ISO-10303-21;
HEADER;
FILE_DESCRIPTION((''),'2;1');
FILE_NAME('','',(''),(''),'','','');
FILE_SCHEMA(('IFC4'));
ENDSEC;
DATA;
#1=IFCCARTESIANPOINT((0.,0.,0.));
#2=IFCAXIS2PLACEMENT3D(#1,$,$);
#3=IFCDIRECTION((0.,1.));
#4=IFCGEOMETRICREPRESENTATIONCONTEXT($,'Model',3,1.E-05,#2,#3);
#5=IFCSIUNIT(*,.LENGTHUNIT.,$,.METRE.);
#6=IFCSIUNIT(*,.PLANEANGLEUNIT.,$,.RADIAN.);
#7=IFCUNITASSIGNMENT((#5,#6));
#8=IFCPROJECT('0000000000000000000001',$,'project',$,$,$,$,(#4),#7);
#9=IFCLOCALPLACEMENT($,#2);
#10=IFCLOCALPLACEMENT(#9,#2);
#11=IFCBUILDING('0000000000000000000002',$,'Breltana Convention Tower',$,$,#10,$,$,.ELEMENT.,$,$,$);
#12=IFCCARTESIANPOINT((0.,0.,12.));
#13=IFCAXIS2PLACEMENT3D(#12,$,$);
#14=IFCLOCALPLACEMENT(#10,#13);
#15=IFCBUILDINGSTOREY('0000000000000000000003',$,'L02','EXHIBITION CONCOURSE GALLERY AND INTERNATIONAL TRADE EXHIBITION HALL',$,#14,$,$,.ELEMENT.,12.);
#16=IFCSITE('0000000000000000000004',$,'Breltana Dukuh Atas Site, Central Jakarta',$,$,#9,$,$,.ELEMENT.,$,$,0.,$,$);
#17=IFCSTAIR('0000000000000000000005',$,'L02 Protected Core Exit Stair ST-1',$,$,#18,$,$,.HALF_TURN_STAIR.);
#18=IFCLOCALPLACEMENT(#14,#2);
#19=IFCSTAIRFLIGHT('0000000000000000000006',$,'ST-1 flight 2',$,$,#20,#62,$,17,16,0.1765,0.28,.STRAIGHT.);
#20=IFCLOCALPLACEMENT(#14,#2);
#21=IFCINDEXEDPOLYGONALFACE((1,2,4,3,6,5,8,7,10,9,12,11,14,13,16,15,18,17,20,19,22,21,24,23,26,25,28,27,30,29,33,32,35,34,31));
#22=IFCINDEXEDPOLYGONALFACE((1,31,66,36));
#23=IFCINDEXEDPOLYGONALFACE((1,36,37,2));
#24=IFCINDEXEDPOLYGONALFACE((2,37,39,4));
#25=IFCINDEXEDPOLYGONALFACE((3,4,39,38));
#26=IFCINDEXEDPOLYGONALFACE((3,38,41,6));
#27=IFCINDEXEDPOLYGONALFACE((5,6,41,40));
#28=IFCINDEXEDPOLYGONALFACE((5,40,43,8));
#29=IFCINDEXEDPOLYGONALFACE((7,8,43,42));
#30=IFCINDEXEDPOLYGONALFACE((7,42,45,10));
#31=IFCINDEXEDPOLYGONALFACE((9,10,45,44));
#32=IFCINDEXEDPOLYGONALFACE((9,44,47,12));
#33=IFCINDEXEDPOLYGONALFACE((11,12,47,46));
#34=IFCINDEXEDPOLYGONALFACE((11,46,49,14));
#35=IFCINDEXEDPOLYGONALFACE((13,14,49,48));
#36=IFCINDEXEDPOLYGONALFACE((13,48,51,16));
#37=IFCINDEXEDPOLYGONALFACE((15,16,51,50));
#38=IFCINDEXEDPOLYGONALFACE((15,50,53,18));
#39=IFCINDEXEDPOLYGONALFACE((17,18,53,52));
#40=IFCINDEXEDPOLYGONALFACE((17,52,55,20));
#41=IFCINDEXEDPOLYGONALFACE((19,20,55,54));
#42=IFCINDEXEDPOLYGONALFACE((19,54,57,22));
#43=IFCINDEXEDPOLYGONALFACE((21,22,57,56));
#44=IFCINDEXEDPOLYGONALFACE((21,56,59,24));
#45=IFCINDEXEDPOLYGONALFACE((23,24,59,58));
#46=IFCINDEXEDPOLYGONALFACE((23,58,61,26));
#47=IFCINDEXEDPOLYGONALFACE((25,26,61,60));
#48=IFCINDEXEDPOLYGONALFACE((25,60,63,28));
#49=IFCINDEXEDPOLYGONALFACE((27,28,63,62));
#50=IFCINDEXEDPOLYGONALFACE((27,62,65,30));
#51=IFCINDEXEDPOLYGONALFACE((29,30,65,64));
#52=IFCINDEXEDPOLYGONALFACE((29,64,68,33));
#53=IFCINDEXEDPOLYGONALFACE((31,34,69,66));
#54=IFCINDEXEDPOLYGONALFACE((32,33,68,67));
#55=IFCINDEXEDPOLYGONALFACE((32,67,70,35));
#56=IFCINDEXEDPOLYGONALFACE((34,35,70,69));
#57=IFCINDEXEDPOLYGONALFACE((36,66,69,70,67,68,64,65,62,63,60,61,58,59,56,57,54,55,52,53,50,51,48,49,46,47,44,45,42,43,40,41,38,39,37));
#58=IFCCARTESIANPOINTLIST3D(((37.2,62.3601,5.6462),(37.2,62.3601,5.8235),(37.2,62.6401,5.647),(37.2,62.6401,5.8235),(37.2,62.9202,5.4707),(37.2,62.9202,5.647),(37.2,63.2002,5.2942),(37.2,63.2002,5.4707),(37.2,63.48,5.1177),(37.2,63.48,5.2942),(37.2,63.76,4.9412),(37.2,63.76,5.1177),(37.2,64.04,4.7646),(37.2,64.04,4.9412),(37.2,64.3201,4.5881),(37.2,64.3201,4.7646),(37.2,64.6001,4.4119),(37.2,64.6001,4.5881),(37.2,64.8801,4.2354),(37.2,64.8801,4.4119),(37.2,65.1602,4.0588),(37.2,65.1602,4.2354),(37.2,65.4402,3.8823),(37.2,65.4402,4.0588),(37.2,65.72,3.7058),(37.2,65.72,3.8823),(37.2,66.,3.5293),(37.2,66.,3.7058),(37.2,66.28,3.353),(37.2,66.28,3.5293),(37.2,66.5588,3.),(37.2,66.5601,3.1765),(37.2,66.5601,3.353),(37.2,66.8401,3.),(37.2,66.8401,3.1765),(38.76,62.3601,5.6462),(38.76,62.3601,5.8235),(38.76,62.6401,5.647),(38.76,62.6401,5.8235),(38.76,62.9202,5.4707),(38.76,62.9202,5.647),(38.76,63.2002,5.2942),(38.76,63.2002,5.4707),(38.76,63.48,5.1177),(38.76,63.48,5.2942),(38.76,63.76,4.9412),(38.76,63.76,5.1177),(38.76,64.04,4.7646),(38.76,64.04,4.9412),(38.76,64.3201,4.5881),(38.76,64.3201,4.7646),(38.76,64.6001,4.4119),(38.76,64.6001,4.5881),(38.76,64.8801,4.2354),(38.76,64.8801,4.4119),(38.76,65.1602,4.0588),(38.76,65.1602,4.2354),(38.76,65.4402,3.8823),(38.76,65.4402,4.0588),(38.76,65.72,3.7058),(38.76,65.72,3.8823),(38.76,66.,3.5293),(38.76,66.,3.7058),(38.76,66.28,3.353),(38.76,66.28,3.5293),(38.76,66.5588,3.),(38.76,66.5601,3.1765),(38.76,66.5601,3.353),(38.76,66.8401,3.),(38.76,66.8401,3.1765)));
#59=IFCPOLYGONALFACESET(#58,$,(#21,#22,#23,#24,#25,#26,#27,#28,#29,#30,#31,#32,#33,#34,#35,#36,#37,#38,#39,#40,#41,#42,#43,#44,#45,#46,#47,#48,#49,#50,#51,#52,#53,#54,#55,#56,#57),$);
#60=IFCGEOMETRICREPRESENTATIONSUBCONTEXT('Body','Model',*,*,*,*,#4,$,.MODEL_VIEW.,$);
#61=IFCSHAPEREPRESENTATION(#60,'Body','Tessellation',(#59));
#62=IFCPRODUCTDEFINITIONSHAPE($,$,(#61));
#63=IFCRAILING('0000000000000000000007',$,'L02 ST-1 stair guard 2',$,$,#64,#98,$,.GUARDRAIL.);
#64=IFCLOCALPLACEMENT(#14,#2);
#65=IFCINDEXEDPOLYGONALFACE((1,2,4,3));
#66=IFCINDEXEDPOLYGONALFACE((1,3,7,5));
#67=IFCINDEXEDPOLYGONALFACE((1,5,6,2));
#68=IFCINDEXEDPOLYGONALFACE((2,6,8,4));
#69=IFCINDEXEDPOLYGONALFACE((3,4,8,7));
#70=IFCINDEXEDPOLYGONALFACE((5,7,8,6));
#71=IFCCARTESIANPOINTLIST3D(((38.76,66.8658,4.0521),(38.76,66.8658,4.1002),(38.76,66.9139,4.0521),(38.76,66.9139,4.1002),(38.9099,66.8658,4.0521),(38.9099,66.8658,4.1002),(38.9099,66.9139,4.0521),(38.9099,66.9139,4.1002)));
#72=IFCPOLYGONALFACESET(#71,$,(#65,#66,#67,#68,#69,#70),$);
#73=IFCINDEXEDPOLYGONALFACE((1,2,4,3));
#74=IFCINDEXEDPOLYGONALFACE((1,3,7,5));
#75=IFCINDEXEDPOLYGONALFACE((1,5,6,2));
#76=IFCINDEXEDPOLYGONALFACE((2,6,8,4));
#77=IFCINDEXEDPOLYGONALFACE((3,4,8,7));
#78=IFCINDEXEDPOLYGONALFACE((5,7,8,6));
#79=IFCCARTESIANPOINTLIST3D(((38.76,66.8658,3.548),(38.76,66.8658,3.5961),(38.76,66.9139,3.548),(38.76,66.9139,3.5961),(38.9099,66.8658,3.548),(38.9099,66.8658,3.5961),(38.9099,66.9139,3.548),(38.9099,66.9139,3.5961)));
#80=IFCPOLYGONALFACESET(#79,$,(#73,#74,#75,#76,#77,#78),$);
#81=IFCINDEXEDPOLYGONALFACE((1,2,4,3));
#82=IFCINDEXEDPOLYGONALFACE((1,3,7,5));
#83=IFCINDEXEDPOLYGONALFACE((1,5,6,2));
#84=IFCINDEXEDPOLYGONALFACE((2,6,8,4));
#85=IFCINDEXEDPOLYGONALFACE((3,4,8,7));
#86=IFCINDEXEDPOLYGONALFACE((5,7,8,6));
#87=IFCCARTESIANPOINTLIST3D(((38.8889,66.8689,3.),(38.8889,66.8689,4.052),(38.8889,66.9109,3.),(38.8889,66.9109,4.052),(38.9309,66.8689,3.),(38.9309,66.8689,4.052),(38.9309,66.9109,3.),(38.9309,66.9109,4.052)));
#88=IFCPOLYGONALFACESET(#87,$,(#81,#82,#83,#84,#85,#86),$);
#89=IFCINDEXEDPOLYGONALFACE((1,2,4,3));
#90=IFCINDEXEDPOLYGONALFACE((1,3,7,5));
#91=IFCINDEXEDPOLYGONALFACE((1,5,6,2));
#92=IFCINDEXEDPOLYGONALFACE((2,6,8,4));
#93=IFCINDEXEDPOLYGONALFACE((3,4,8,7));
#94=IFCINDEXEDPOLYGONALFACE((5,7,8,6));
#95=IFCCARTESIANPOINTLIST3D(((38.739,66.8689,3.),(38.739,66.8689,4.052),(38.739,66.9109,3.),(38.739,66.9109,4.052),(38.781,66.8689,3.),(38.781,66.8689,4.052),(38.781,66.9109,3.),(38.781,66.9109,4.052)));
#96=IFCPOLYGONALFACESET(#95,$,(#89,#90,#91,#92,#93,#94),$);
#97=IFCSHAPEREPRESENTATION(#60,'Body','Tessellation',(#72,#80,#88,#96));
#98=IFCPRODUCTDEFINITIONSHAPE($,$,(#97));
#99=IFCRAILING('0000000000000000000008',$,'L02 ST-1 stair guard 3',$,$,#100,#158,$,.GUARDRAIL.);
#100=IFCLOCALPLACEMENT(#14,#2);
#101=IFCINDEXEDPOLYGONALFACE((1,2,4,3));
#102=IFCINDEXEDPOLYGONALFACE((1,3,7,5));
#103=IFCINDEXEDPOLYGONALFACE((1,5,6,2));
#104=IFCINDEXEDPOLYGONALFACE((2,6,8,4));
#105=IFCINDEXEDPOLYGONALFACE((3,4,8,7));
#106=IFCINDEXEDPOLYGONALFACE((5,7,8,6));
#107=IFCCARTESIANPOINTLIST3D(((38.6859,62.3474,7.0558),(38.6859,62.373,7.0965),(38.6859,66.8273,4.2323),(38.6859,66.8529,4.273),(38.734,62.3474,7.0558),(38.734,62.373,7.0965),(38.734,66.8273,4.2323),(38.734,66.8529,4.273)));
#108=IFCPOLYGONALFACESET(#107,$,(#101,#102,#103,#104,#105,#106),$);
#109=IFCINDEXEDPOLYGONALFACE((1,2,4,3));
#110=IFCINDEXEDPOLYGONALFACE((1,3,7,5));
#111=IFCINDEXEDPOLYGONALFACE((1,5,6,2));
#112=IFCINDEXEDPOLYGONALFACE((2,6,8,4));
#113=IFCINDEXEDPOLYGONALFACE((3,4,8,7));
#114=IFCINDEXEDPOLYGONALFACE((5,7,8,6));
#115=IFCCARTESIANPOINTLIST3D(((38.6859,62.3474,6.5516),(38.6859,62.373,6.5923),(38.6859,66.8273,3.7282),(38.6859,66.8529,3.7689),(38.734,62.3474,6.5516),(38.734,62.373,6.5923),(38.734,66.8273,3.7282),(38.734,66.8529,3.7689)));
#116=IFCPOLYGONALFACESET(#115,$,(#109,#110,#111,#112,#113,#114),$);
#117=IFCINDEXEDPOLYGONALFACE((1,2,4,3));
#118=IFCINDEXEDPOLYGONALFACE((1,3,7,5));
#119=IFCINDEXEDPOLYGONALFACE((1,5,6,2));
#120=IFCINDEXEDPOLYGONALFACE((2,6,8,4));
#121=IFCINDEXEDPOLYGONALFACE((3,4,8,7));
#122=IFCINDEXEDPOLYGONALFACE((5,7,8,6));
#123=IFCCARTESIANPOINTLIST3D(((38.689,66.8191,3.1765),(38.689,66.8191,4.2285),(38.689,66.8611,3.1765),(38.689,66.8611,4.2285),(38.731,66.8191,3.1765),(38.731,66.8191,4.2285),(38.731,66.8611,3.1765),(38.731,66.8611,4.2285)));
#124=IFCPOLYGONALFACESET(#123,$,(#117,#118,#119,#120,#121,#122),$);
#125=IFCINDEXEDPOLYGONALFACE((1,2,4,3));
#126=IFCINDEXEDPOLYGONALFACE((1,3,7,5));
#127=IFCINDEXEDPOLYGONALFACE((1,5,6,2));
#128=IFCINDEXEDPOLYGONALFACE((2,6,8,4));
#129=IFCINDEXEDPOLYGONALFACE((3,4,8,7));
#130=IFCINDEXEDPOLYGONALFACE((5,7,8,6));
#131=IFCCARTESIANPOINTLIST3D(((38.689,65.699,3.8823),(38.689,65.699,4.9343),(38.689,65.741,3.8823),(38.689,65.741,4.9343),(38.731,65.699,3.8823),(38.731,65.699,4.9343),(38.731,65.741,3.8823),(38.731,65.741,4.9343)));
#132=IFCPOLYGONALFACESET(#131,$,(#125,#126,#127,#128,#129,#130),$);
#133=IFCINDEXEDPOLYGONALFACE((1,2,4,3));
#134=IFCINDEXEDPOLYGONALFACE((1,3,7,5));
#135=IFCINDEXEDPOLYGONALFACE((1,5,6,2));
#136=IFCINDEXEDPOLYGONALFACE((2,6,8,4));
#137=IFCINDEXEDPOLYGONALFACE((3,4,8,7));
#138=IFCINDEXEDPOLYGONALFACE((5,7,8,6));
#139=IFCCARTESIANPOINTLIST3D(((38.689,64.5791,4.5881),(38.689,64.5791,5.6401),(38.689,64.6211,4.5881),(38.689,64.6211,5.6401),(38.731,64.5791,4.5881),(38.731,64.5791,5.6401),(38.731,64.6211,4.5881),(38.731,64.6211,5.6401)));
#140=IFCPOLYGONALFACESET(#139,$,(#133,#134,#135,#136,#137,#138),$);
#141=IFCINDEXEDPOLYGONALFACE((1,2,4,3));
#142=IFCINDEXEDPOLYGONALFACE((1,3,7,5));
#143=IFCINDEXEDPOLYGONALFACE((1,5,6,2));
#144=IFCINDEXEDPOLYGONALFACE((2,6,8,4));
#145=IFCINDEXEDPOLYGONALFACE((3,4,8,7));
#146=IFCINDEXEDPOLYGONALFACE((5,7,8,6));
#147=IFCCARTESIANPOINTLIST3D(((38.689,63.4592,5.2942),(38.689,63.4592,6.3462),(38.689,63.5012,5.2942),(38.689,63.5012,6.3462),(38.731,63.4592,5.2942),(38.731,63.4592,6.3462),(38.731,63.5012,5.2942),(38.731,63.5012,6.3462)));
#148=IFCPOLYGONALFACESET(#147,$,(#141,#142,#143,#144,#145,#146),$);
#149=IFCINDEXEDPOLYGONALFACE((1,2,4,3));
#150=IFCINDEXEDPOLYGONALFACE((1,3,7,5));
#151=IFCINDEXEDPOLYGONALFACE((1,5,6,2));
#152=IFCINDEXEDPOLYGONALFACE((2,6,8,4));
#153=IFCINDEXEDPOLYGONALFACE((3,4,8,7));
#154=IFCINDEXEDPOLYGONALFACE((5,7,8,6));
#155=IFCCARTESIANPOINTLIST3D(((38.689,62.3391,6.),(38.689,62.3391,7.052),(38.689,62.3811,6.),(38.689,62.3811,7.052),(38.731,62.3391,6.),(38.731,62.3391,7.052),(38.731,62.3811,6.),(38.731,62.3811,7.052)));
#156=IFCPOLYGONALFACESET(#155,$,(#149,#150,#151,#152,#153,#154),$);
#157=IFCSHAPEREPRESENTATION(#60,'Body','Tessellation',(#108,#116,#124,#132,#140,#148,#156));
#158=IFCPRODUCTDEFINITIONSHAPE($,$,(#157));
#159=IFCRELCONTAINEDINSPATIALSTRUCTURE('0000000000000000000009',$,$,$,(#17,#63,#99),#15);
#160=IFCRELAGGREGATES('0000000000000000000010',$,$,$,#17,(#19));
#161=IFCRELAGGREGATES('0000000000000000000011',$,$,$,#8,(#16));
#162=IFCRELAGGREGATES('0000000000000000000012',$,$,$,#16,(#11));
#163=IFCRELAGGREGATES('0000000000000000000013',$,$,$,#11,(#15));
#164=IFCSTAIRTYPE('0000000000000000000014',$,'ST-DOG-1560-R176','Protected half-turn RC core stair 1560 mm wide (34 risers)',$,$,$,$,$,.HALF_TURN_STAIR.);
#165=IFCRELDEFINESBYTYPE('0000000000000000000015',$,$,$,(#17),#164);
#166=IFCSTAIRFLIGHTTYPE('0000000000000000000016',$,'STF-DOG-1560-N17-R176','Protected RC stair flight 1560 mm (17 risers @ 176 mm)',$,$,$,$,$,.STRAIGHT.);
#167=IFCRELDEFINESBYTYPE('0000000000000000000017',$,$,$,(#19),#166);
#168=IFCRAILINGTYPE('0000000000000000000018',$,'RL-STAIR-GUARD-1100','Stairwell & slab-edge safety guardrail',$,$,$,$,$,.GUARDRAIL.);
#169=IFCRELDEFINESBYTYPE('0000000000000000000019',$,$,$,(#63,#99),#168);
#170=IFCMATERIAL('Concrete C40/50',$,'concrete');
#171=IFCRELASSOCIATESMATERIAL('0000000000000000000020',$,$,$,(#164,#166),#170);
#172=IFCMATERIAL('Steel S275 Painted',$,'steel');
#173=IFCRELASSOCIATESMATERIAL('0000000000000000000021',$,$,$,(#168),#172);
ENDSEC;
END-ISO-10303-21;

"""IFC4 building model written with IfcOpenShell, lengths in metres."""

from ifc_helpers import new_model, si_unit, direction, frame, origin, origin_2d, place, context, subcontext, project, spatial, polyline, rectangle, outline, extrude, material, type_object, element, aggregate, save


model = new_model("IFC4")

# Units and contexts
model_context = context("Model", 3, precision=1e-05, world=origin(), true_north=direction((0.0, 1.0)))
body_context = subcontext(model_context, "Body", "Model", "MODEL_VIEW")
ifc_project = project(units=[si_unit("LENGTHUNIT", "METRE"), si_unit("PLANEANGLEUNIT", "RADIAN")], contexts=[model_context])

# Site, building, storey
site_placement = place(None, origin())
site = spatial("IfcSite", under=ifc_project, at=site_placement, Name="Breltana Dukuh Atas Site, Central Jakarta", CompositionType="ELEMENT", RefElevation=0.0)
building_placement = place(site_placement, origin())
building = spatial("IfcBuilding", under=site, at=building_placement, Name="Breltana Convention Tower", CompositionType="ELEMENT")
storey_placement = place(building_placement, frame((0.0, 0.0, 12.0)))
storey = spatial("IfcBuildingStorey", under=building, at=storey_placement, Name="L02", Description="EXHIBITION CONCOURSE GALLERY AND INTERNATIONAL TRADE EXHIBITION HALL", CompositionType="ELEMENT", Elevation=12.0)

# Stair, stair flight
ifc_material_1 = material(Name="Concrete C40/50", Category="concrete")
stair_type = type_object("IfcStairType", Name="ST-DOG-1560-R176", Description="Protected half-turn RC core stair 1560 mm wide (34 risers)", PredefinedType="HALF_TURN_STAIR", material=ifc_material_1)
stair_placement = place(storey_placement, origin())
stair = element("IfcStair", 1, at=stair_placement, inside=storey, type_object=stair_type, Name="L02 Protected Core Exit Stair ST-1", PredefinedType="HALF_TURN_STAIR")
stair_flight_type = type_object("IfcStairFlightType", Name="STF-DOG-1560-N17-R176", Description="Protected RC stair flight 1560 mm (17 risers @ 176 mm)", PredefinedType="STRAIGHT", material=ifc_material_1)
stair_flight_placement = place(storey_placement, frame((37.98, 66.8401, 3.0), z_axis=(0.0, 0.0, 1.0), x_axis=(0.0, -1.0, 0.0)))
stair_flight = element("IfcStairFlight", 2, at=stair_flight_placement, type_object=stair_flight_type, Name="ST-1 flight 2", NumberOfRisers=17, NumberOfTreads=16, PredefinedType="STRAIGHT", RiserHeight=0.1765, TreadLength=0.28, context=body_context, shape_type="SweptSolid", body=[
    extrude(outline(polyline([(0.0, 0.0), (0.0, 0.1765), (0.28, 0.1765), (0.28, 0.353), (0.5601, 0.353), (0.5601, 0.5293), (0.8401, 0.5293), (0.8401, 0.7058), (1.1201, 0.7058), (1.1201, 0.8823), (1.3999, 0.8823), (1.3999, 1.0588), (1.6799, 1.0588), (1.6799, 1.2354), (1.96, 1.2354), (1.96, 1.4119), (2.24, 1.4119), (2.24, 1.5881), (2.52, 1.5881), (2.52, 1.7646), (2.8, 1.7646), (2.8, 1.9412), (3.0801, 1.9412), (3.0801, 2.1177), (3.3601, 2.1177), (3.3601, 2.2942), (3.6399, 2.2942), (3.6399, 2.4707), (3.9199, 2.4707), (3.9199, 2.647), (4.2, 2.647), (4.2, 2.8235), (4.48, 2.8235), (4.48, 3.0), (4.48, 2.6462), (0.2812, 0.0), (0.0, 0.0)])), frame((0.0, 0.78, 0.0), z_axis=(0.0, -1.0, 0.0), x_axis=(1.0, 0.0, 0.0)), (0.0, 0.0, 1.0), 1.5601),
])
aggregate(stair, [stair_flight])

# Railings
ifc_material_2 = material(Name="Steel S275 Painted", Category="steel")
railing_type = type_object("IfcRailingType", Name="RL-STAIR-GUARD-1100", Description="Stairwell & slab-edge safety guardrail", PredefinedType="GUARDRAIL", material=ifc_material_2)
railing_1_placement = place(storey_placement, frame((38.9099, 66.8899, 3.0)))
element("IfcRailing", 3, at=railing_1_placement, inside=storey, type_object=railing_type, Name="L02 ST-1 stair guard 2", PredefinedType="GUARDRAIL", context=body_context, shape_type="SweptSolid", body=[
    extrude(rectangle(XDim=0.0481, YDim=0.0481, at=origin_2d()), frame((0.0, 0.0, 1.0762), z_axis=(-1.0, 0.0, 0.0), x_axis=(0.0, -1.0, 0.0)), (0.0, 0.0, 1.0), 0.1499),
    extrude(rectangle(XDim=0.0481, YDim=0.0481, at=origin_2d()), frame((0.0, 0.0, 0.572), z_axis=(-1.0, 0.0, 0.0), x_axis=(0.0, -1.0, 0.0)), (0.0, 0.0, 1.0), 0.1499),
    extrude(rectangle(XDim=0.042, YDim=0.042, at=origin_2d()), origin(), (0.0, 0.0, 1.0), 1.052),
    extrude(rectangle(XDim=0.042, YDim=0.042, at=origin_2d()), frame((-0.1499, 0.0, 0.0)), (0.0, 0.0, 1.0), 1.052),
])
railing_2_placement = place(storey_placement, frame((38.71, 66.8401, 3.1765)))
element("IfcRailing", 4, at=railing_2_placement, inside=storey, type_object=railing_type, Name="L02 ST-1 stair guard 3", PredefinedType="GUARDRAIL", context=body_context, shape_type="SweptSolid", body=[
    extrude(rectangle(XDim=0.0481, YDim=0.0481, at=origin_2d()), frame((0.0, 0.0, 1.0762), z_axis=(0.0, -0.845998, 0.533186), x_axis=(1.0, 0.0, 0.0)), (0.0, 0.0, 1.0), 5.2954),
    extrude(rectangle(XDim=0.0481, YDim=0.0481, at=origin_2d()), frame((0.0, 0.0, 0.572), z_axis=(0.0, -0.845998, 0.533186), x_axis=(1.0, 0.0, 0.0)), (0.0, 0.0, 1.0), 5.2954),
    extrude(rectangle(XDim=0.042, YDim=0.042, at=origin_2d()), origin(), (0.0, 0.0, 1.0), 1.052),
    extrude(rectangle(XDim=0.042, YDim=0.042, at=origin_2d()), frame((0.0, -1.1201, 0.7058)), (0.0, 0.0, 1.0), 1.052),
    extrude(rectangle(XDim=0.042, YDim=0.042, at=origin_2d()), frame((0.0, -2.24, 1.4116)), (0.0, 0.0, 1.0), 1.052),
    extrude(rectangle(XDim=0.042, YDim=0.042, at=origin_2d()), frame((0.0, -3.3599, 2.1177)), (0.0, 0.0, 1.0), 1.052),
    extrude(rectangle(XDim=0.042, YDim=0.042, at=origin_2d()), frame((0.0, -4.48, 2.8235)), (0.0, 0.0, 1.0), 1.052),
])

save(model, "model.ifc")
